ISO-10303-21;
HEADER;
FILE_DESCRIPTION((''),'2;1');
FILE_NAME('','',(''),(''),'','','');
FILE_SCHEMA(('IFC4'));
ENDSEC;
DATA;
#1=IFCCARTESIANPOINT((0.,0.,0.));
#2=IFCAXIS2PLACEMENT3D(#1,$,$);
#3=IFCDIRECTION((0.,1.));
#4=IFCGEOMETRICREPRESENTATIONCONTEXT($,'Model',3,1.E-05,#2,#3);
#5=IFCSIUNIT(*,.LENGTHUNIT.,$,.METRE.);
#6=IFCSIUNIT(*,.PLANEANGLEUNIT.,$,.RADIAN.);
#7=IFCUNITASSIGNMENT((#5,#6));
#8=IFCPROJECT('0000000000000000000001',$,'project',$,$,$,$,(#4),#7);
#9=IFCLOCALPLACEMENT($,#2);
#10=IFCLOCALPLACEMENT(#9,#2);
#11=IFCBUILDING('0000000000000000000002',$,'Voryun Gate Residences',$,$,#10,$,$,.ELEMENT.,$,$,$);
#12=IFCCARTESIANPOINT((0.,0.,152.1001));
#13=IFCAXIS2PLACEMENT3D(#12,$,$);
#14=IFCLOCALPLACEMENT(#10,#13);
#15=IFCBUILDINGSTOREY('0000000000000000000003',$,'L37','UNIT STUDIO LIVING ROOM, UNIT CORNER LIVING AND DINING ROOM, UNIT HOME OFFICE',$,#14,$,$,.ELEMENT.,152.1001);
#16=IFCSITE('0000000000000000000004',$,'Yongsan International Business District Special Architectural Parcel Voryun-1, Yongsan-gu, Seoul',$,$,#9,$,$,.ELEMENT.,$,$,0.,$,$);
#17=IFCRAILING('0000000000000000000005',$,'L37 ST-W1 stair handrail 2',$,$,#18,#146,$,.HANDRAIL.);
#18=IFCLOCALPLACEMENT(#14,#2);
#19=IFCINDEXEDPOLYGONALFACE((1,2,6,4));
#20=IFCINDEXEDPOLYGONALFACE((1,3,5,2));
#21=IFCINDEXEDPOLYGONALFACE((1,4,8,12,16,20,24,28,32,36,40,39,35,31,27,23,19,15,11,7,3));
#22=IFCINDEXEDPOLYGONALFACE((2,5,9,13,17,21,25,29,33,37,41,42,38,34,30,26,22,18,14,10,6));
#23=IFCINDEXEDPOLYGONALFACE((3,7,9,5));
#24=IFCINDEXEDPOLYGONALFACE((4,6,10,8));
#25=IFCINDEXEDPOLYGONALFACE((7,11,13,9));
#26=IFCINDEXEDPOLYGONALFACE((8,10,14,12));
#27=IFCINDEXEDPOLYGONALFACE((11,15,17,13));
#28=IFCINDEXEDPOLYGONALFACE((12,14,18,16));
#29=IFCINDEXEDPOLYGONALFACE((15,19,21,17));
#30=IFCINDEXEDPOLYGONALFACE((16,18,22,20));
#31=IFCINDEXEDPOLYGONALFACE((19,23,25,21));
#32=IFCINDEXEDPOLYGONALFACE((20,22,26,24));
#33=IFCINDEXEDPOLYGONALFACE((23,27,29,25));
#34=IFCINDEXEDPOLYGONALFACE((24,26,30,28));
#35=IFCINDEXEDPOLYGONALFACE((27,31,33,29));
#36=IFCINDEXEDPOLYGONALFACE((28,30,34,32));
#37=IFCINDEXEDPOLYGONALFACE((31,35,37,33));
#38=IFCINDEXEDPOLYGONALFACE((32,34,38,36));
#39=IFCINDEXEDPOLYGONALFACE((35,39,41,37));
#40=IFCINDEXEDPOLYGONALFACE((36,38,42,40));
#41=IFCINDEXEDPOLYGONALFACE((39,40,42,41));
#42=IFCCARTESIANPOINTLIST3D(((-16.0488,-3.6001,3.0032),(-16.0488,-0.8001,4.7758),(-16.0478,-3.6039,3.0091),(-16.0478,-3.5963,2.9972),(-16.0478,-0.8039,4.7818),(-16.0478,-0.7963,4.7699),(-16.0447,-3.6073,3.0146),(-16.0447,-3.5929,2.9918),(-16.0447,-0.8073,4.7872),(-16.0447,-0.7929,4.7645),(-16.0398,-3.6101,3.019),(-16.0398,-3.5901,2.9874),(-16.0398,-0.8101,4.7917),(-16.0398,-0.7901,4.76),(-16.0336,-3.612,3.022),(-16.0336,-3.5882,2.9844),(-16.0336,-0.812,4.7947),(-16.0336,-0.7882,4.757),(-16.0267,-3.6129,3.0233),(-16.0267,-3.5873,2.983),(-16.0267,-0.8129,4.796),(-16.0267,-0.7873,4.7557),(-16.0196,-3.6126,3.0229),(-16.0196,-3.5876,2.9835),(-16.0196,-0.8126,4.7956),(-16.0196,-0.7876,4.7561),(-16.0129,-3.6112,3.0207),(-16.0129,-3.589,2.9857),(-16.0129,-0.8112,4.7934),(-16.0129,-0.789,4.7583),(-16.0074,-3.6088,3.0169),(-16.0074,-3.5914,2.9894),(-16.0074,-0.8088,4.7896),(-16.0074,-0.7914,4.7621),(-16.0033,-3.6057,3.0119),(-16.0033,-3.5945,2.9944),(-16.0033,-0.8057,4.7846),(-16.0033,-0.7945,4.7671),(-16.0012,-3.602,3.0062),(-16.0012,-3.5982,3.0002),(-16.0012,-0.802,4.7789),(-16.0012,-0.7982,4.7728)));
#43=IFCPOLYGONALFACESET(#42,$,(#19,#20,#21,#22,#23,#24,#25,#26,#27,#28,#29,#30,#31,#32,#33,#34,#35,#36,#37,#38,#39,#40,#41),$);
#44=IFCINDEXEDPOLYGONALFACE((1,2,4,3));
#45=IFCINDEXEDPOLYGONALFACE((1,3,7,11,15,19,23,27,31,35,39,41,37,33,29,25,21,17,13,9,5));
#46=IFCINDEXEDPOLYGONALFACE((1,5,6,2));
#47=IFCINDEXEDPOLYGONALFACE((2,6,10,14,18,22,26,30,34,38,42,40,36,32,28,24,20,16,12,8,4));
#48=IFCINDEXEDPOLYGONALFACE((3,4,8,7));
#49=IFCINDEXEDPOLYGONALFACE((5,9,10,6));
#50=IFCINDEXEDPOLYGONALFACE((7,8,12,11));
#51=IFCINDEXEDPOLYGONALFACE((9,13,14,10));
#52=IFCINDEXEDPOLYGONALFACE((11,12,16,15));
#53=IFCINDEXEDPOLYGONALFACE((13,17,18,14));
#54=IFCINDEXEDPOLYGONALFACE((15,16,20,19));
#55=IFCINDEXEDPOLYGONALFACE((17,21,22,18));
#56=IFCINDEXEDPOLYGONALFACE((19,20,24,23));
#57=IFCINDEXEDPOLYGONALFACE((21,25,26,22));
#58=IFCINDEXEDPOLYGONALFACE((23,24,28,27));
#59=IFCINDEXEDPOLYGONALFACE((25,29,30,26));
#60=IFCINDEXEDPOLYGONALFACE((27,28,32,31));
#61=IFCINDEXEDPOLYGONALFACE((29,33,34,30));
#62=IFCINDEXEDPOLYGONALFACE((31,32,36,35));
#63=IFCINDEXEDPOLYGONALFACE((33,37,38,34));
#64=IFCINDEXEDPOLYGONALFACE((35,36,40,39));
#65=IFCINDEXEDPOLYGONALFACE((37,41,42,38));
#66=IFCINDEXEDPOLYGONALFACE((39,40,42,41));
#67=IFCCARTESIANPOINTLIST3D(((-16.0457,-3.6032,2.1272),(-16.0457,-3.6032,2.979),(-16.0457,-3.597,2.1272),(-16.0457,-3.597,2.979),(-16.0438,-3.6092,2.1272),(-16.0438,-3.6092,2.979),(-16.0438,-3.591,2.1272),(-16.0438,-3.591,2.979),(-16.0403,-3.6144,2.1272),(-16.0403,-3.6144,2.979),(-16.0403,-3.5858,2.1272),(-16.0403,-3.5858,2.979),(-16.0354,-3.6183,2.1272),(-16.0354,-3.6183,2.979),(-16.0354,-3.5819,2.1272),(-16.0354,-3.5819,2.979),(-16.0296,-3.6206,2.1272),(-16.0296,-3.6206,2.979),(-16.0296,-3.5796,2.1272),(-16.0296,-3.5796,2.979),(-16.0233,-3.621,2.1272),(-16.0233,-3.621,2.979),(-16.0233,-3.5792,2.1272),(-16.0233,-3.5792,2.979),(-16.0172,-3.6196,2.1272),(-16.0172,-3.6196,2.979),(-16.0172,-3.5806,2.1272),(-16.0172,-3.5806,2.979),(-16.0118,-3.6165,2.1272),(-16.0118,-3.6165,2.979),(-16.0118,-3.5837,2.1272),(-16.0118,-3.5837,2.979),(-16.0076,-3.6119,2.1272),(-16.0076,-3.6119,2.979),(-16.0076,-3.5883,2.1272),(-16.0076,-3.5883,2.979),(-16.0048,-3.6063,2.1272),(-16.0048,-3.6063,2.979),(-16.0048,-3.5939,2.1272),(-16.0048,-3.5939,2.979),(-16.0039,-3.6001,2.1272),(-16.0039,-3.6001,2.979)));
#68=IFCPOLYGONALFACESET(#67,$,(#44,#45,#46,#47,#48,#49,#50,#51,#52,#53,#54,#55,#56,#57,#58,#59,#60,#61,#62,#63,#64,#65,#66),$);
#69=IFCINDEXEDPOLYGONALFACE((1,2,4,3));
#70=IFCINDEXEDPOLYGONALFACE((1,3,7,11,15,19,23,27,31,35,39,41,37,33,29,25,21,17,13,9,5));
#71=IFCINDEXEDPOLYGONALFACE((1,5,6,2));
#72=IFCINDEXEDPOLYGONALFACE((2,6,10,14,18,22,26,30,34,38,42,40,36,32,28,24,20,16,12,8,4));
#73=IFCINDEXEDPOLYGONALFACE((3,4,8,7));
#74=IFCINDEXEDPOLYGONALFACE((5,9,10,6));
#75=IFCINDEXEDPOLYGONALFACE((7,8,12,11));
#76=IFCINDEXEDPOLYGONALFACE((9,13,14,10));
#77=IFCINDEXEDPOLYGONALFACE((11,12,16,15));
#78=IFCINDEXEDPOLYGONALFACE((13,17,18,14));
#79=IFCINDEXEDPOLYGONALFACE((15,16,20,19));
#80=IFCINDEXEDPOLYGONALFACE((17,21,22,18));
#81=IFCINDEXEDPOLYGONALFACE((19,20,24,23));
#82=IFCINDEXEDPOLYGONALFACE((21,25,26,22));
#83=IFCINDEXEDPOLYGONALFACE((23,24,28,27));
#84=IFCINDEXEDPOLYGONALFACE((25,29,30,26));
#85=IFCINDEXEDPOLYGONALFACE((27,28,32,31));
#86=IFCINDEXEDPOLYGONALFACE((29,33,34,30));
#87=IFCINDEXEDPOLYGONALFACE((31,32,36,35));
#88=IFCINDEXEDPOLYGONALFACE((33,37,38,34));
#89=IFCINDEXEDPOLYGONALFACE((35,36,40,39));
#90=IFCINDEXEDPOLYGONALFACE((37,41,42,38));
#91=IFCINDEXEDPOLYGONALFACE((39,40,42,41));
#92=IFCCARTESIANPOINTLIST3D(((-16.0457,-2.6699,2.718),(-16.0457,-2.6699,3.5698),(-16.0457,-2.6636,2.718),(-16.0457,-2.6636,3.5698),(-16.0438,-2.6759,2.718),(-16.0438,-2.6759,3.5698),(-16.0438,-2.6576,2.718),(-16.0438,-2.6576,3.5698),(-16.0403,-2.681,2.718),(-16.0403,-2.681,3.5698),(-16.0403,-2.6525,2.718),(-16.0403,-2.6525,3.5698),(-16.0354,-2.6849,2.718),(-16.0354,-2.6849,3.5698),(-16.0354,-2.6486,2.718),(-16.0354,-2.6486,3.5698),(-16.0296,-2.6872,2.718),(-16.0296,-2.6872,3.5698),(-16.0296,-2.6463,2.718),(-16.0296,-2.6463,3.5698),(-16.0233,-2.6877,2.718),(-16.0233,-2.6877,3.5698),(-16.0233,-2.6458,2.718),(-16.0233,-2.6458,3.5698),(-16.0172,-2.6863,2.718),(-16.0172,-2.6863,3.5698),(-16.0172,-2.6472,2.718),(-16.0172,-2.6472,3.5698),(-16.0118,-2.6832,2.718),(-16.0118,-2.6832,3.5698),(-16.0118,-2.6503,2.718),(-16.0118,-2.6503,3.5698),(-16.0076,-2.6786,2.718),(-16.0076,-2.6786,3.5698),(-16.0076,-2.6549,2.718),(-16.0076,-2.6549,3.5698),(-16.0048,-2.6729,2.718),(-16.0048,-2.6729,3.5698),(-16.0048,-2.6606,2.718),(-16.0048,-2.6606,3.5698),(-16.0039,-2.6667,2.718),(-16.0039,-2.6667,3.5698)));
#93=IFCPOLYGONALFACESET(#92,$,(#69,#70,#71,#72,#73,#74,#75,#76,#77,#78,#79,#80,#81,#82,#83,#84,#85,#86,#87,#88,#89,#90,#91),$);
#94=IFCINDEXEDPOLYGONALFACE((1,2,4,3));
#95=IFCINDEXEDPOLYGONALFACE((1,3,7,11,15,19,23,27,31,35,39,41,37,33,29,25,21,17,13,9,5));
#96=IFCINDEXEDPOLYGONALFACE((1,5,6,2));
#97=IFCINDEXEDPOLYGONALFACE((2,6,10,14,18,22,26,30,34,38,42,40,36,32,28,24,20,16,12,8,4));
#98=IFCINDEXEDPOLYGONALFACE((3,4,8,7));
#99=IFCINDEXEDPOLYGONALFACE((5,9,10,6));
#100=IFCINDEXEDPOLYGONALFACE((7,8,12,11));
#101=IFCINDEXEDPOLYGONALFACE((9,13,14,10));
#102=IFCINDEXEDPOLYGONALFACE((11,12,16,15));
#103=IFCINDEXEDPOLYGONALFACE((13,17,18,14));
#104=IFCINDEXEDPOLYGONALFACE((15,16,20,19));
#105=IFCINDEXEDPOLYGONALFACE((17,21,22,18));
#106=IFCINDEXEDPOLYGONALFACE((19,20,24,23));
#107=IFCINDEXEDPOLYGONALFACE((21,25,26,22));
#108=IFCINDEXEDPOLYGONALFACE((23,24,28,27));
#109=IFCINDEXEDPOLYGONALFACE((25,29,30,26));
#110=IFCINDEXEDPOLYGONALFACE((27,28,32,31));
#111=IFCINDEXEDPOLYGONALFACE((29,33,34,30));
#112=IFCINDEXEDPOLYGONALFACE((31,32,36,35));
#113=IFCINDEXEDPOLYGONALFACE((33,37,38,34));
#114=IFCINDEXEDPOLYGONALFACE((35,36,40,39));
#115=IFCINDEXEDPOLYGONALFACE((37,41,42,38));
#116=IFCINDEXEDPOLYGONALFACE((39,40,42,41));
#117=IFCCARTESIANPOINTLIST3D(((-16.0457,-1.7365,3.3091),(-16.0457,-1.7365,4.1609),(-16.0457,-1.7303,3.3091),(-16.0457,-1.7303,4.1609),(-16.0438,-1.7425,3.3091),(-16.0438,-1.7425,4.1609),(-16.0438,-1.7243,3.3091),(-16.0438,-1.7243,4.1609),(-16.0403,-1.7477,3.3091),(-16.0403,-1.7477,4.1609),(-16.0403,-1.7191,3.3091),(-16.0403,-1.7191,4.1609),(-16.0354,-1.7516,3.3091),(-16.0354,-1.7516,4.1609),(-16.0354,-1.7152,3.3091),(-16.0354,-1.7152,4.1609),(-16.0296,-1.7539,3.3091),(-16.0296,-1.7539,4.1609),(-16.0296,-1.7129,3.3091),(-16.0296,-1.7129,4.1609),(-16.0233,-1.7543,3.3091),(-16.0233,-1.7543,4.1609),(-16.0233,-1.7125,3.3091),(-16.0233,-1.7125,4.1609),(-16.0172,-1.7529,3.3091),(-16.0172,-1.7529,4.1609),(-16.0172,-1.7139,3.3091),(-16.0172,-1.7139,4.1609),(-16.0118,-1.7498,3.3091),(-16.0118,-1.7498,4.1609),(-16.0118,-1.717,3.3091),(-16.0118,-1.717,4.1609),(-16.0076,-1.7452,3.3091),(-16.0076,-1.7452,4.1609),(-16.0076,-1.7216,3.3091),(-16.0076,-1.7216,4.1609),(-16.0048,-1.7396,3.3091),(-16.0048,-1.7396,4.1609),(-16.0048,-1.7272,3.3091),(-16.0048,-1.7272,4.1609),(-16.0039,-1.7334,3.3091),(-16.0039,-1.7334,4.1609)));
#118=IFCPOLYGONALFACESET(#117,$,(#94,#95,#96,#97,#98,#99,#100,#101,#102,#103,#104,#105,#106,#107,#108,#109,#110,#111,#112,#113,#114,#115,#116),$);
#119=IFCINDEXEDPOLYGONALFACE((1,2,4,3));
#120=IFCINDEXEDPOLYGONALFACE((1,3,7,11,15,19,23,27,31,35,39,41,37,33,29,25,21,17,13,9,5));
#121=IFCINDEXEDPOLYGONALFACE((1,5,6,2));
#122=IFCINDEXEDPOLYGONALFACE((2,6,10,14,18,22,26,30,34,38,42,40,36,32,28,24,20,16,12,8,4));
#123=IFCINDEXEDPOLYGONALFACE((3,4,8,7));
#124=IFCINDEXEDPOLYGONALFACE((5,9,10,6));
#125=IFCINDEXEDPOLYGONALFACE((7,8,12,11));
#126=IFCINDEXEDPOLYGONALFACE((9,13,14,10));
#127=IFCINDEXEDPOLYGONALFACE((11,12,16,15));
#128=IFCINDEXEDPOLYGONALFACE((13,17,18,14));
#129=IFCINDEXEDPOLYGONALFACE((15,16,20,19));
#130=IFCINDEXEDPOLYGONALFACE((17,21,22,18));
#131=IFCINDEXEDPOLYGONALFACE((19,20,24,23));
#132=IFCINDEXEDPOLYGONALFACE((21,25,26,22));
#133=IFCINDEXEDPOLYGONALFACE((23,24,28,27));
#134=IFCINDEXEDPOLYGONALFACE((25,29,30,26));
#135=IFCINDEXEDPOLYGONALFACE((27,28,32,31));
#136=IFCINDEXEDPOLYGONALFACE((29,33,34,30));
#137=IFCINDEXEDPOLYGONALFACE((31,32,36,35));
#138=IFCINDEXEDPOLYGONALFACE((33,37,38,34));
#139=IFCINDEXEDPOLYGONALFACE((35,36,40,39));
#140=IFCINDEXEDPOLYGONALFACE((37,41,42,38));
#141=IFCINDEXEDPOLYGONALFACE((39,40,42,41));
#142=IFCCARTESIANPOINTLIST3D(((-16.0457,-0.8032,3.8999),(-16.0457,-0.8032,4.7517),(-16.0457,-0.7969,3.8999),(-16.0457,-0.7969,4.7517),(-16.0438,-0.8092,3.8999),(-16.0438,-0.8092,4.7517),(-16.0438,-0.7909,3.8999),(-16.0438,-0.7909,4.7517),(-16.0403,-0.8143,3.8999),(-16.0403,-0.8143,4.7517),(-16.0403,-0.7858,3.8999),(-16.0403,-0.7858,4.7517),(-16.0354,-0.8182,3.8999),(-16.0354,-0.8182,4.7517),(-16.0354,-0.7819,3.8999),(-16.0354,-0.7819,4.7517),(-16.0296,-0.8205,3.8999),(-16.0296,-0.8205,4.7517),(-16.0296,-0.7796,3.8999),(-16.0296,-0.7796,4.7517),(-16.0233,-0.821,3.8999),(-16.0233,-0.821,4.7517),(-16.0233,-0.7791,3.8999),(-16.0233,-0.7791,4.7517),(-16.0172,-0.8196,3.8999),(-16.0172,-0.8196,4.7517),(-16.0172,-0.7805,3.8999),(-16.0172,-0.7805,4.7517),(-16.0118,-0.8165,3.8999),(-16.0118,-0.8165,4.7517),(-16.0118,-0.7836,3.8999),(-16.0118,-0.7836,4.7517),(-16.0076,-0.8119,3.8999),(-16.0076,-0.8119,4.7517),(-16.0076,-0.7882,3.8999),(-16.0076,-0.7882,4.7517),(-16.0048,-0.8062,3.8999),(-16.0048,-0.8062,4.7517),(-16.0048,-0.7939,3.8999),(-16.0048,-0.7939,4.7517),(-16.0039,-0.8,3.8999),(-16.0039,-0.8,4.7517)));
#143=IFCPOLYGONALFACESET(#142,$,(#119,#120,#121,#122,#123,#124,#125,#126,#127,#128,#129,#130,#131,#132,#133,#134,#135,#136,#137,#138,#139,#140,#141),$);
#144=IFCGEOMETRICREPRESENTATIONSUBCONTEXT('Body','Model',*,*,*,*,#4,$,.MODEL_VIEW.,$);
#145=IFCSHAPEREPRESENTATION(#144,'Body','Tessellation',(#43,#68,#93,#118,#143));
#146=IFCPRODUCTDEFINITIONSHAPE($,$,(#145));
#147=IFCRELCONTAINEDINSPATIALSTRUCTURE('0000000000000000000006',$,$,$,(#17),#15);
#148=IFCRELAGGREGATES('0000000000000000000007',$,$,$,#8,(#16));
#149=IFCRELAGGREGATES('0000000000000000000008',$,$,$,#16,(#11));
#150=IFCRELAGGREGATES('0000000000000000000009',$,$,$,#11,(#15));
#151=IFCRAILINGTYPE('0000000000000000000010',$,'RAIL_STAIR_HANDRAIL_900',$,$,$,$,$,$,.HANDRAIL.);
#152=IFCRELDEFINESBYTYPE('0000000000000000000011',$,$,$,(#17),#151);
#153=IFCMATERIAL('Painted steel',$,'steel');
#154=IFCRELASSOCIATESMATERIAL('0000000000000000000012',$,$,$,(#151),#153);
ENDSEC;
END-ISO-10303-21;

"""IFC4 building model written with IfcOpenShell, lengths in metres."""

from ifc_helpers import new_model, si_unit, direction, frame, origin, origin_2d, place, context, subcontext, project, spatial, circle, extrude, material, type_object, element, save


model = new_model("IFC4")

# Units and contexts
model_context = context("Model", 3, precision=1e-05, world=origin(), true_north=direction((0.0, 1.0)))
body_context = subcontext(model_context, "Body", "Model", "MODEL_VIEW")
ifc_project = project(units=[si_unit("LENGTHUNIT", "METRE"), si_unit("PLANEANGLEUNIT", "RADIAN")], contexts=[model_context])

# Site, building, storey
site_placement = place(None, origin())
site = spatial("IfcSite", under=ifc_project, at=site_placement, Name="Yongsan International Business District Special Architectural Parcel Voryun-1, Yongsan-gu, Seoul", CompositionType="ELEMENT", RefElevation=0.0)
building_placement = place(site_placement, origin())
building = spatial("IfcBuilding", under=site, at=building_placement, Name="Voryun Gate Residences", CompositionType="ELEMENT")
storey_placement = place(building_placement, frame((0.0, 0.0, 152.1001)))
storey = spatial("IfcBuildingStorey", under=building, at=storey_placement, Name="L37", Description="UNIT STUDIO LIVING ROOM, UNIT CORNER LIVING AND DINING ROOM, UNIT HOME OFFICE", CompositionType="ELEMENT", Elevation=152.1001)

# Railing
ifc_material_1 = material(Name="Painted steel", Category="steel")
railing_type_1 = type_object("IfcRailingType", Name="RAIL_STAIR_HANDRAIL_900", PredefinedType="HANDRAIL", material=ifc_material_1)
railing_1_placement = place(storey_placement, frame((-16.0249, -3.6001, 2.1272)))
element("IfcRailing", 1, at=railing_1_placement, inside=storey, type_object=railing_type_1, Name="L37 ST-W1 stair handrail 2", PredefinedType="HANDRAIL", context=body_context, shape_type="SweptSolid", body=[
    extrude(circle(Radius=0.0239, at=origin_2d()), frame((0.0, 0.0, 0.876), z_axis=(0.0, 0.844909, 0.53491), x_axis=(-1.0, 0.0, 0.0)), (0.0, 0.0, 1.0), 3.314),
    extrude(circle(Radius=0.021, at=origin_2d()), origin(), (0.0, 0.0, 1.0), 0.8518),
    extrude(circle(Radius=0.021, at=origin_2d()), frame((0.0, 0.9333, 0.5908)), (0.0, 0.0, 1.0), 0.8518),
    extrude(circle(Radius=0.021, at=origin_2d()), frame((0.0, 1.8667, 1.1819)), (0.0, 0.0, 1.0), 0.8518),
    extrude(circle(Radius=0.021, at=origin_2d()), frame((0.0, 2.8, 1.7727)), (0.0, 0.0, 1.0), 0.8518),
])

save(model, "model.ifc")
